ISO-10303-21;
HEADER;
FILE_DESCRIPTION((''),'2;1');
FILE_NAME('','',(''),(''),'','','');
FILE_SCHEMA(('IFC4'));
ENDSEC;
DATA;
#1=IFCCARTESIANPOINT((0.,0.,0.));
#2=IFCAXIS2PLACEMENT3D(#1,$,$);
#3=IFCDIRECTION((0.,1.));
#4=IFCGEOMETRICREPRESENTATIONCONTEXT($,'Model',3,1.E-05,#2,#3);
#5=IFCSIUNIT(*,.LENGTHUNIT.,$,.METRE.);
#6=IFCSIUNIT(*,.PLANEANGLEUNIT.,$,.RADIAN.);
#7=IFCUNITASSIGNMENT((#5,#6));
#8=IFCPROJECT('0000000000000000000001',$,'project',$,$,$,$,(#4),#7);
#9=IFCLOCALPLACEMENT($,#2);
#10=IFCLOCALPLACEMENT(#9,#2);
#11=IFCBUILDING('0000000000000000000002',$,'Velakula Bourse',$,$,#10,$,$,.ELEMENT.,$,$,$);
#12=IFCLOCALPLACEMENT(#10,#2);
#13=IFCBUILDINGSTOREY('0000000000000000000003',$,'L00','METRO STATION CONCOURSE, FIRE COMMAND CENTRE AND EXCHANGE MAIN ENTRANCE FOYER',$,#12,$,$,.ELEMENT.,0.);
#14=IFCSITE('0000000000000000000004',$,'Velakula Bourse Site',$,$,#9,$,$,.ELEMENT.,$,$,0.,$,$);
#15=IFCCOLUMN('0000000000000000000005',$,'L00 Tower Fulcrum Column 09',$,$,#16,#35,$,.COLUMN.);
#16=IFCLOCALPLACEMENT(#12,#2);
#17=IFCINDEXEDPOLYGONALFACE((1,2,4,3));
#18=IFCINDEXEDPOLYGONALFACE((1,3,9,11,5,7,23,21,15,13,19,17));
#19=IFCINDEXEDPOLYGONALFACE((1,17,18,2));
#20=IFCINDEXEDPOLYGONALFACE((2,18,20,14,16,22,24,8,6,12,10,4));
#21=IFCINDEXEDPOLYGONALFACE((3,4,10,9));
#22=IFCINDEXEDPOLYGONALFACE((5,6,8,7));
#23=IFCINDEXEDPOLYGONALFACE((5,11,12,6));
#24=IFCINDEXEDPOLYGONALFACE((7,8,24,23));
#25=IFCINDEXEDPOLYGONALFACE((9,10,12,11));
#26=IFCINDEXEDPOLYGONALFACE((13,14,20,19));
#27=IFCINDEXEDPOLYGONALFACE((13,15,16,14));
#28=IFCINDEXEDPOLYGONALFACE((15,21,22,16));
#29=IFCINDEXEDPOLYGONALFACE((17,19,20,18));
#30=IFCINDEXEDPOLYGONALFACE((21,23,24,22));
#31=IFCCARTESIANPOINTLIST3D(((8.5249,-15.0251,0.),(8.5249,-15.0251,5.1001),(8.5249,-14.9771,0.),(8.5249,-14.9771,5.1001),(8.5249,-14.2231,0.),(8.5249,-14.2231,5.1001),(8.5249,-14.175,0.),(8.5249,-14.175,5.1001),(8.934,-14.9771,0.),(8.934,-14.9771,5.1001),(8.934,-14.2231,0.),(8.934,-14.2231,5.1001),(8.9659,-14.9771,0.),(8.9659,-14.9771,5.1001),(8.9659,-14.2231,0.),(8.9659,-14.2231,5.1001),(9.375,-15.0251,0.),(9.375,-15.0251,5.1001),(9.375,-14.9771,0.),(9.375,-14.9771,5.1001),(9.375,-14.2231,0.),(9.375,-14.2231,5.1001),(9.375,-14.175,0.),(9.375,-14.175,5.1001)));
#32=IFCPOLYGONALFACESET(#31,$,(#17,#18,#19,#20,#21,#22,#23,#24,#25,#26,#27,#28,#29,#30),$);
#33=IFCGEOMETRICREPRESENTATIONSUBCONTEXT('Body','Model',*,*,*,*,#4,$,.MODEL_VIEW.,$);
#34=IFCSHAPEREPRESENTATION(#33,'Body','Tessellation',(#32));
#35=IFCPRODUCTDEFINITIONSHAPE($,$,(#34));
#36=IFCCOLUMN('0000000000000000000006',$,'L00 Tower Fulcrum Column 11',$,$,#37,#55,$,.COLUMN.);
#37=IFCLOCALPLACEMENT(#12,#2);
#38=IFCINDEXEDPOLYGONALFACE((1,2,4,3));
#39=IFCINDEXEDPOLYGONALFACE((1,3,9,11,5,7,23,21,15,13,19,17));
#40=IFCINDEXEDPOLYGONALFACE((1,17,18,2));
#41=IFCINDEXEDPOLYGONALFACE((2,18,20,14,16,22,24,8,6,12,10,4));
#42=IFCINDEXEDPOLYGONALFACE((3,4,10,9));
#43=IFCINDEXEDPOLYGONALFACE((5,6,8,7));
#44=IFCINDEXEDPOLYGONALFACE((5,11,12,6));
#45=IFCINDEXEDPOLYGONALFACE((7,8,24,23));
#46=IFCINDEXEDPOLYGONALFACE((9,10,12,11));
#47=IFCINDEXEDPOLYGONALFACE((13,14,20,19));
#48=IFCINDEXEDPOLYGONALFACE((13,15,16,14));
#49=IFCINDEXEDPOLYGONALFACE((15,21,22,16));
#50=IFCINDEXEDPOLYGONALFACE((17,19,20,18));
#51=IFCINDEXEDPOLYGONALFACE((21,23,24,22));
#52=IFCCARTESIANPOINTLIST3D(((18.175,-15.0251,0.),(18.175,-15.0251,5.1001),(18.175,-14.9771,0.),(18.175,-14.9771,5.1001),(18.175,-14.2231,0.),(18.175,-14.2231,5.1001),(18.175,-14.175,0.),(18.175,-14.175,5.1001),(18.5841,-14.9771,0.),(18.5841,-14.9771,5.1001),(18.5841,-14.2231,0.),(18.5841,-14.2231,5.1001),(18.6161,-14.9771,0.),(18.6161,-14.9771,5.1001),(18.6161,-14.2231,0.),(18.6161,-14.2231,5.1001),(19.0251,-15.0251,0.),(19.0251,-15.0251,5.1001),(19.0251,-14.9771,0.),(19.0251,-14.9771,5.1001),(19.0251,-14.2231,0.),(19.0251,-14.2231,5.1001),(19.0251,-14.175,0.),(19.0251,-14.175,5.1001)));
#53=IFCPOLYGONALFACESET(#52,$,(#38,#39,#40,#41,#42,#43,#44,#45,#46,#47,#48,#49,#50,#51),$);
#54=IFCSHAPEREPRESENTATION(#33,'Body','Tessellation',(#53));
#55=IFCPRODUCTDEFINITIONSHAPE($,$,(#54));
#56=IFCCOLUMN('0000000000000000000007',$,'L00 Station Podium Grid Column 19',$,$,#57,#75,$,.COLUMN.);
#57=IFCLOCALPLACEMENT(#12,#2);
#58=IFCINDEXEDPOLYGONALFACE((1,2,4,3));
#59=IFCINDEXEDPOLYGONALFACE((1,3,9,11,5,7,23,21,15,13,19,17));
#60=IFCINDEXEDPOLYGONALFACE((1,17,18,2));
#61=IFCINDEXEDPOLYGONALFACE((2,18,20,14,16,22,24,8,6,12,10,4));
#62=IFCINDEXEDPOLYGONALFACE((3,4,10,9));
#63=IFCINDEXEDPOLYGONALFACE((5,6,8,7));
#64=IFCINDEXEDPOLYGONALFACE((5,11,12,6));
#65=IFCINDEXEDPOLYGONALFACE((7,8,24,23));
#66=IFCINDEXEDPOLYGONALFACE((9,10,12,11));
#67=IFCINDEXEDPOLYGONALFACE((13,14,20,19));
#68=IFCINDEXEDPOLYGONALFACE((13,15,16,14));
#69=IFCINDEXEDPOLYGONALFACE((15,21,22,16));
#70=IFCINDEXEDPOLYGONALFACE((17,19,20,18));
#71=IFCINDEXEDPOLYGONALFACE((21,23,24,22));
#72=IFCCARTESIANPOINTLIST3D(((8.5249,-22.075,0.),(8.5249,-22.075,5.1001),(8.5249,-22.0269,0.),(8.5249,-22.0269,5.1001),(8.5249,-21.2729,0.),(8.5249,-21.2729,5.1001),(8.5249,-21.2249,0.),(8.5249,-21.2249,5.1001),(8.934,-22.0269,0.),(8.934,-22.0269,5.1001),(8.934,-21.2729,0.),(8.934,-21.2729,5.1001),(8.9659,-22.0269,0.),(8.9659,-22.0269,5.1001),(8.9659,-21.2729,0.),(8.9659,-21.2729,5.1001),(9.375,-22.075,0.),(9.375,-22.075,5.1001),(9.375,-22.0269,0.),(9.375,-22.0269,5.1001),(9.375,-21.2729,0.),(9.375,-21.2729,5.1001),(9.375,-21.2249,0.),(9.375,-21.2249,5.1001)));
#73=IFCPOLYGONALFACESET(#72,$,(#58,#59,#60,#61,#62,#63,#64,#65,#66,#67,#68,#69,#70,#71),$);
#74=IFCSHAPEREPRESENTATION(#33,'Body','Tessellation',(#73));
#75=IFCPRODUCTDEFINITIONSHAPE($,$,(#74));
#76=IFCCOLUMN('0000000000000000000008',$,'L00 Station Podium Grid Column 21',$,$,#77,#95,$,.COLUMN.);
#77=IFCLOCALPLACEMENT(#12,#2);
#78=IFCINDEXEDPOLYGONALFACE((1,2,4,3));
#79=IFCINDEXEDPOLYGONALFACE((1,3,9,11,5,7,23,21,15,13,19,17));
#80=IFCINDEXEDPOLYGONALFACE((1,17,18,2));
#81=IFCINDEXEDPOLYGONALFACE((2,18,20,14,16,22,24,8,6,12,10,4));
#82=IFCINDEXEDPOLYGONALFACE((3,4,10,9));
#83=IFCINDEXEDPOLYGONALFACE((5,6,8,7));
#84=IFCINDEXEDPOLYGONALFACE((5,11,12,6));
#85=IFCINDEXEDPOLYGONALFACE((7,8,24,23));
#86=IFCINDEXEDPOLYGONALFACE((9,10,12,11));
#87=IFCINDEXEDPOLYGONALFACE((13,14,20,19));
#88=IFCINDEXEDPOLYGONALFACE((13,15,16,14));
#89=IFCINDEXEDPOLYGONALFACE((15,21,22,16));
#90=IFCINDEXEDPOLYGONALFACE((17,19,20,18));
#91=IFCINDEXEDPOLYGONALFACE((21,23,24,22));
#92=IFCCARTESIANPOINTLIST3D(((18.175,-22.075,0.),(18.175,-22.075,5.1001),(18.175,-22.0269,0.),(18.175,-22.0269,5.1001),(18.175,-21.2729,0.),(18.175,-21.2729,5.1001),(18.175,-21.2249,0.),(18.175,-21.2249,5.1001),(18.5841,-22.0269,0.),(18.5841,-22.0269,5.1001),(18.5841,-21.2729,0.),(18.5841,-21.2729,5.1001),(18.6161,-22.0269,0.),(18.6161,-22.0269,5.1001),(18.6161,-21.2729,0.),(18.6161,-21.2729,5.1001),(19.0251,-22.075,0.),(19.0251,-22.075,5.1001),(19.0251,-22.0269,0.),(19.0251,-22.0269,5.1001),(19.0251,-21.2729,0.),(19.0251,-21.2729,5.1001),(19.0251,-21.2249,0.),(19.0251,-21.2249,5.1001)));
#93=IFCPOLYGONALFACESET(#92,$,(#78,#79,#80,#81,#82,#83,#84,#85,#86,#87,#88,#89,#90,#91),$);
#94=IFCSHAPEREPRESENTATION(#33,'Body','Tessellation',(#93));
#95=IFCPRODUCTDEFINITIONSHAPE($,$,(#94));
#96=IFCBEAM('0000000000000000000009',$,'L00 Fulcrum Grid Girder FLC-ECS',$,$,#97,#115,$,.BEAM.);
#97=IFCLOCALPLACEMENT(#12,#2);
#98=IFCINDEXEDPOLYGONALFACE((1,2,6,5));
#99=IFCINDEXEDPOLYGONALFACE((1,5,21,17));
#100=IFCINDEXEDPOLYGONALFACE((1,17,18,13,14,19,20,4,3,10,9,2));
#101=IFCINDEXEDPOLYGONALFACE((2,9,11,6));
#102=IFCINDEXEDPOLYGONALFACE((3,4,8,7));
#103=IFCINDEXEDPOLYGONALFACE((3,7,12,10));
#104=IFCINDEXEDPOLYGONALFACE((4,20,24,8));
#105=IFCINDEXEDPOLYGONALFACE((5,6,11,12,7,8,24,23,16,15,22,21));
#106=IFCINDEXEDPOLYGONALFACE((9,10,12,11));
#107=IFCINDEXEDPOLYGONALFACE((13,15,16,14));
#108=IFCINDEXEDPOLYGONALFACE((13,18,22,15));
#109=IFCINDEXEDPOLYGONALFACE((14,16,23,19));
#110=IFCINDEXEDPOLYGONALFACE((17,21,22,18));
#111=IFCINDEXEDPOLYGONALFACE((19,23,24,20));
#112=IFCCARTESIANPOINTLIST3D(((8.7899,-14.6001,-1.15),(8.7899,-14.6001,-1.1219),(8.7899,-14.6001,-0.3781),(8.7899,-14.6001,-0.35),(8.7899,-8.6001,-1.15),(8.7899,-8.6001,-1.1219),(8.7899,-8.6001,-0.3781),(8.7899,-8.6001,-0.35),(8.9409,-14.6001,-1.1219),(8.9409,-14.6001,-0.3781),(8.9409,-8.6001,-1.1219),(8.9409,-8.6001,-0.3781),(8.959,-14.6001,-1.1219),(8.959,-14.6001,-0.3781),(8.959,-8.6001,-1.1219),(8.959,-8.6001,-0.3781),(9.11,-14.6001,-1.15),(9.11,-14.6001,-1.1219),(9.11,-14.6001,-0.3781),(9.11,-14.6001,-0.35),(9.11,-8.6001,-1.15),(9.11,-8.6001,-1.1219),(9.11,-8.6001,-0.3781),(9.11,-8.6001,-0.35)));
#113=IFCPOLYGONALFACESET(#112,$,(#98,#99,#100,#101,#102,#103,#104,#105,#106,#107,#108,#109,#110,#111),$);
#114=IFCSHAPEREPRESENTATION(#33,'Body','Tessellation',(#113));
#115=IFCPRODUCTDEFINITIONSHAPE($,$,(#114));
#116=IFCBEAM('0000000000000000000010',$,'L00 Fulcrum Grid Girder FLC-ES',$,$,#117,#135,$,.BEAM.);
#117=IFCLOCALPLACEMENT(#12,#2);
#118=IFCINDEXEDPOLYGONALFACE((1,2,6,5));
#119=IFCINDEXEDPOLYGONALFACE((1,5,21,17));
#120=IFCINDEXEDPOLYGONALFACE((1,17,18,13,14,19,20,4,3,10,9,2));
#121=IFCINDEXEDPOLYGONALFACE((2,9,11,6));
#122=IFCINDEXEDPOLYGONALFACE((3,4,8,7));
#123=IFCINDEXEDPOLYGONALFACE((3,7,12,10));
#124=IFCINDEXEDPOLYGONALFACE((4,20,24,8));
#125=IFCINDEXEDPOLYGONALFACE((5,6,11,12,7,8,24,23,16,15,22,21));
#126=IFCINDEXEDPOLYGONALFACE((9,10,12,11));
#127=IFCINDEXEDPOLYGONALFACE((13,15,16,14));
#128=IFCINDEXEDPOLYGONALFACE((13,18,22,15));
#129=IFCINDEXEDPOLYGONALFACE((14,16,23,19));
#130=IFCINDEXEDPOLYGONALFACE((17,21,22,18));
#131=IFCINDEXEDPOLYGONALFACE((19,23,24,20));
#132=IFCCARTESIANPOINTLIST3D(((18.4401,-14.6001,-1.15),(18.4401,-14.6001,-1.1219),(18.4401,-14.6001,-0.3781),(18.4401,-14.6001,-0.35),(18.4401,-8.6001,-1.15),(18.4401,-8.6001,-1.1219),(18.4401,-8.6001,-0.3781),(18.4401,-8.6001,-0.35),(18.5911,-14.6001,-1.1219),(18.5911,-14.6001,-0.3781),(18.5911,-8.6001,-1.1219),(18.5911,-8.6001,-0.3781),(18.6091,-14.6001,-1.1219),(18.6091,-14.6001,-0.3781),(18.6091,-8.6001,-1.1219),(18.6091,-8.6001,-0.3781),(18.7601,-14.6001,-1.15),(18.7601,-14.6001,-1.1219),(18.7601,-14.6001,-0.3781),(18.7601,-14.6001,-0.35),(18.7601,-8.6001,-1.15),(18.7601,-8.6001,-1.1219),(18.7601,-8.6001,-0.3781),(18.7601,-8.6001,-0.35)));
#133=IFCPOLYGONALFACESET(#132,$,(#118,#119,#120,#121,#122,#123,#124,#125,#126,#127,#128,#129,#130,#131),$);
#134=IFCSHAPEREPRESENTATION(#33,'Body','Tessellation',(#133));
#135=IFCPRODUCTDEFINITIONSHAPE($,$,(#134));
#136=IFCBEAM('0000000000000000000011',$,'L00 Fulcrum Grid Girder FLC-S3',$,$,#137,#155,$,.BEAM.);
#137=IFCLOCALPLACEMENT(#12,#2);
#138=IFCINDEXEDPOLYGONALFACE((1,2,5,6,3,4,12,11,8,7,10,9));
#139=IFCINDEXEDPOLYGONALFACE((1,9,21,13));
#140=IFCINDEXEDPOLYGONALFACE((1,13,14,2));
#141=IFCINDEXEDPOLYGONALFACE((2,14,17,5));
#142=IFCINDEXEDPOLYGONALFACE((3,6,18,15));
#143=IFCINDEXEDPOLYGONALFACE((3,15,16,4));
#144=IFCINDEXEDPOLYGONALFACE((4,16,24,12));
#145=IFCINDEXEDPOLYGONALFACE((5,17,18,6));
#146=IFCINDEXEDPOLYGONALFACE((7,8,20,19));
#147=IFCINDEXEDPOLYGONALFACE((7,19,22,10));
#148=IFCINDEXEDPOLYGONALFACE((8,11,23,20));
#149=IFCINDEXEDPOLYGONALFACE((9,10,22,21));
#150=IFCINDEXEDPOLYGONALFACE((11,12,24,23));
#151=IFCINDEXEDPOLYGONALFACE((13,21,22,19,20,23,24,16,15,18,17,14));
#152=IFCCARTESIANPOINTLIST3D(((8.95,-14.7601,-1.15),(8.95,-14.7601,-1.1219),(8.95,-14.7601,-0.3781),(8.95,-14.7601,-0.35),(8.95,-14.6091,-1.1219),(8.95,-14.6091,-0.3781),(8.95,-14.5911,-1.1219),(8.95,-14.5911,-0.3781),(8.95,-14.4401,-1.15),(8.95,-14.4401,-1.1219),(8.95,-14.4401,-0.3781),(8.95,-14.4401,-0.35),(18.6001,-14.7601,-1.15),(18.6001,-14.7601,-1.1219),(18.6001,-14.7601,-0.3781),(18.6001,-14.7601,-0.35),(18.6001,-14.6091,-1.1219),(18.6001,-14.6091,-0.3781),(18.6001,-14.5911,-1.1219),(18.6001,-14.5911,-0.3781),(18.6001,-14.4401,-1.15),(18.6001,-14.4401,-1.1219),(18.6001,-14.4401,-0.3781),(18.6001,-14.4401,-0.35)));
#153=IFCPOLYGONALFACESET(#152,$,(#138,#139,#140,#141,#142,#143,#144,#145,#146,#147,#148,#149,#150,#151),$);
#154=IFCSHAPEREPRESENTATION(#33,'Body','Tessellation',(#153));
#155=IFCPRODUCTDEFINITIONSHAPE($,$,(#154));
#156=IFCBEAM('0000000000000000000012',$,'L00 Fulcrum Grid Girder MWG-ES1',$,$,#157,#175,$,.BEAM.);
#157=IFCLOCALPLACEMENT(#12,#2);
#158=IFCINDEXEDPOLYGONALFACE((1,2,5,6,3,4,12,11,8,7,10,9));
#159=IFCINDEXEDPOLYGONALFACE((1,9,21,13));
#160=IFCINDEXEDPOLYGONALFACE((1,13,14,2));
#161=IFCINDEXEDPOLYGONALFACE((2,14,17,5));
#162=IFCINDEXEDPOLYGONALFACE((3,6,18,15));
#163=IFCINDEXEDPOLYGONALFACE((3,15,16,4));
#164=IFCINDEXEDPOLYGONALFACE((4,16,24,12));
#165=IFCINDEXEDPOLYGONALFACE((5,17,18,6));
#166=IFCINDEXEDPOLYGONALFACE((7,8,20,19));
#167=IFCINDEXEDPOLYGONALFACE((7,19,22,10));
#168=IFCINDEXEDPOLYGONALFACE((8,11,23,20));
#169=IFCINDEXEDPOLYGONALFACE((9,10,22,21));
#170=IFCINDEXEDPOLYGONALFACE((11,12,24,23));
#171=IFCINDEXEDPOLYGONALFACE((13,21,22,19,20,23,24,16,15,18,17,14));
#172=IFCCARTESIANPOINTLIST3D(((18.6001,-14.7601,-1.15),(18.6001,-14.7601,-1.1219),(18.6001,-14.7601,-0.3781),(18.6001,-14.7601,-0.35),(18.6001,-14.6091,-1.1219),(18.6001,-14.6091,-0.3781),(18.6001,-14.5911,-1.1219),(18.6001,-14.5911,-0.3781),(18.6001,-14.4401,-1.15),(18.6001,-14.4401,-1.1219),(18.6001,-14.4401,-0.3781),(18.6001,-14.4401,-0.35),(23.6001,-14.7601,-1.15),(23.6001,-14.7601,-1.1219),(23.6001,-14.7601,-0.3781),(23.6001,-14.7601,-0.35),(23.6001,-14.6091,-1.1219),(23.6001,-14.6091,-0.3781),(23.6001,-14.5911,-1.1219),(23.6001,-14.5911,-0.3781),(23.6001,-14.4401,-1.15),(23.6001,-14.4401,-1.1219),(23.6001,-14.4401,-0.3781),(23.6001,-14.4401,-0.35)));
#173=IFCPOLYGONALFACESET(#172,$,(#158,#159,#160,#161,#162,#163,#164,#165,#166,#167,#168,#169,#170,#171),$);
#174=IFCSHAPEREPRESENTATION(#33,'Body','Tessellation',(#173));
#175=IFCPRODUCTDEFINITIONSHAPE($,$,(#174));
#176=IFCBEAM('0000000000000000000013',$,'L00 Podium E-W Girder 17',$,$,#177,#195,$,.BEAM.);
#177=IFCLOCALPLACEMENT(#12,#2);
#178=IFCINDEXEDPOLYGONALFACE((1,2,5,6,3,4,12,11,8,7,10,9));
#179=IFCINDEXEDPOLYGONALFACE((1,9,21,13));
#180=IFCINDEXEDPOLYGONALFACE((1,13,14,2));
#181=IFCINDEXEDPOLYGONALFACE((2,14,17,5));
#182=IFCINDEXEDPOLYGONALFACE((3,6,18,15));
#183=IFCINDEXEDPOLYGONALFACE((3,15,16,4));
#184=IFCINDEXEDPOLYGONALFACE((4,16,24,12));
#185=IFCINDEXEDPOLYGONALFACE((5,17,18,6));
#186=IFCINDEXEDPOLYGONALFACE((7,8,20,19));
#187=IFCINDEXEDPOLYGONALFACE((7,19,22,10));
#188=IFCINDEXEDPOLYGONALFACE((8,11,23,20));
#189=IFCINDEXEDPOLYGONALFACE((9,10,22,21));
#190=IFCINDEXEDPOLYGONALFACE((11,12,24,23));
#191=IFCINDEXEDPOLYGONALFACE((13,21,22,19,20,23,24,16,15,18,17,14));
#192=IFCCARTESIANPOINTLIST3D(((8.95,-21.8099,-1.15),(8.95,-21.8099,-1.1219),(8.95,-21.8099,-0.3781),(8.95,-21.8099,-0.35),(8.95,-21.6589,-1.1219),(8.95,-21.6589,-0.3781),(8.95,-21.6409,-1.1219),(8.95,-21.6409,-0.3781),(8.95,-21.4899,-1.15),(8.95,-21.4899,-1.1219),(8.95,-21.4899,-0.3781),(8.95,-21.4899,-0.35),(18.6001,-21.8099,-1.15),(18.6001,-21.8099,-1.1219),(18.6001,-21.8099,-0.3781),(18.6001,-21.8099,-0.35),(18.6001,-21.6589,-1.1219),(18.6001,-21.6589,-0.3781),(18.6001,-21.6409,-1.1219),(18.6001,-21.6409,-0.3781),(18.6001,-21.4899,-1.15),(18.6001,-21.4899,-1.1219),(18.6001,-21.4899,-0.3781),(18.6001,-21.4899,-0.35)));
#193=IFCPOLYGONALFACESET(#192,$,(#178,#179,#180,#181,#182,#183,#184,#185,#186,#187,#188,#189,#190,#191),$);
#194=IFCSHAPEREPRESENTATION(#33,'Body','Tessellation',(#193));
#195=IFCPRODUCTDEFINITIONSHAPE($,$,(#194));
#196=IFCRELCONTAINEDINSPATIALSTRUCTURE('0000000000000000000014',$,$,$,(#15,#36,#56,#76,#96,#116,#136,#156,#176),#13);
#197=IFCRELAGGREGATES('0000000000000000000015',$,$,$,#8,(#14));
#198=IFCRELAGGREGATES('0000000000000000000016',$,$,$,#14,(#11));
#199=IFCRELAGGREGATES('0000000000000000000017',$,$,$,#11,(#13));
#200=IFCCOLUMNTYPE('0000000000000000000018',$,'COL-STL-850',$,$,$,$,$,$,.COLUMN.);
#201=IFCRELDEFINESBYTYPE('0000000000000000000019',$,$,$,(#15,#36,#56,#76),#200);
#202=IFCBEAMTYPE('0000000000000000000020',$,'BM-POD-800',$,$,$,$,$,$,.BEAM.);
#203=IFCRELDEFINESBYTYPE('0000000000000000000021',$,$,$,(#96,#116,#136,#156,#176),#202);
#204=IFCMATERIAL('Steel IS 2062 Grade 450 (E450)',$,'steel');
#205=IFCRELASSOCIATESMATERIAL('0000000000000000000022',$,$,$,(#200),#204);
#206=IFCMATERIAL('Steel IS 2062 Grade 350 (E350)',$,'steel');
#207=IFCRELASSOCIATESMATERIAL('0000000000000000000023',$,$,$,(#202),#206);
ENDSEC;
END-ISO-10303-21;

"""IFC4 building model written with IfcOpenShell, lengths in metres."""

from ifc_helpers import new_model, si_unit, direction, frame, origin, origin_2d, place, context, subcontext, project, spatial, i_section, extrude, material, material_profile, profile_set, type_object, element, save


model = new_model("IFC4")

# Units and contexts
model_context = context("Model", 3, precision=1e-05, world=origin(), true_north=direction((0.0, 1.0)))
body_context = subcontext(model_context, "Body", "Model", "MODEL_VIEW")
ifc_project = project(units=[si_unit("LENGTHUNIT", "METRE"), si_unit("PLANEANGLEUNIT", "RADIAN")], contexts=[model_context])

# Site, building, storey
site_placement = place(None, origin())
site = spatial("IfcSite", under=ifc_project, at=site_placement, Name="Velakula Bourse Site", CompositionType="ELEMENT", RefElevation=0.0)
building_placement = place(site_placement, origin())
building = spatial("IfcBuilding", under=site, at=building_placement, Name="Velakula Bourse", CompositionType="ELEMENT")
storey_placement = place(building_placement, origin())
storey = spatial("IfcBuildingStorey", under=building, at=storey_placement, Name="L00", Description="METRO STATION CONCOURSE, FIRE COMMAND CENTRE AND EXCHANGE MAIN ENTRANCE FOYER", CompositionType="ELEMENT", Elevation=0.0)

# Columns
ifc_material_1 = material(Name="Steel IS 2062 Grade 450 (E450)", Category="steel")
ifc_material_profile_1 = material_profile(ifc_material_1, i_section(OverallWidth=0.8501, OverallDepth=0.8501, WebThickness=0.032, FlangeThickness=0.0481, at=origin_2d()), Name="Steel IS 2062 Grade 450 (E450)")
ifc_profile_set_1 = profile_set([ifc_material_profile_1], Name="Steel IS 2062 Grade 450 (E450)")
column_type = type_object("IfcColumnType", Name="COL-STL-850", PredefinedType="COLUMN", material=ifc_profile_set_1)
for number, where, z_axis, x_axis, name in (
    (1, (8.95, -14.6001, 0.0), (0.0, 0.0, 1.0), (1.0, 0.0, 0.0), "L00 Tower Fulcrum Column 09"),
    (2, (18.6001, -14.6001, 0.0), (0.0, 0.0, 1.0), (1.0, 0.0, 0.0), "L00 Tower Fulcrum Column 11"),
    (3, (8.95, -21.6499, 0.0), (0.0, 0.0, 1.0), (1.0, 0.0, 0.0), "L00 Station Podium Grid Column 19"),
    (4, (18.6001, -21.6499, 0.0), (0.0, 0.0, 1.0), (1.0, 0.0, 0.0), "L00 Station Podium Grid Column 21"),
):
    element("IfcColumn", number, at=place(storey_placement, frame(where, z_axis=z_axis, x_axis=x_axis)), inside=storey, type_object=column_type, Name=name, PredefinedType="COLUMN", context=body_context, shape_type="SweptSolid", body=[
        extrude(i_section(OverallWidth=0.8501, OverallDepth=0.8501, WebThickness=0.032, FlangeThickness=0.0481, at=origin_2d()), origin(), (0.0, 0.0, 1.0), 5.1001),
    ])

# Beams
ifc_material_2 = material(Name="Steel IS 2062 Grade 350 (E350)", Category="steel")
ifc_material_profile_2 = material_profile(ifc_material_2, i_section(OverallWidth=0.3201, OverallDepth=0.8, WebThickness=0.0181, FlangeThickness=0.0281, at=origin_2d()), Name="Steel IS 2062 Grade 350 (E350)")
ifc_profile_set_2 = profile_set([ifc_material_profile_2], Name="Steel IS 2062 Grade 350 (E350)")
beam_type_1 = type_object("IfcBeamType", Name="BM-POD-800", PredefinedType="BEAM", material=ifc_profile_set_2)
for number, where, z_axis, x_axis, name in (
    (5, (8.95, -14.6001, -0.75), (0.0, 1.0, 0.0), (-1.0, 0.0, 0.0), "L00 Fulcrum Grid Girder FLC-ECS"),
    (6, (18.6001, -14.6001, -0.75), (0.0, 1.0, 0.0), (-1.0, 0.0, 0.0), "L00 Fulcrum Grid Girder FLC-ES"),
):
    element("IfcBeam", number, at=place(storey_placement, frame(where, z_axis=z_axis, x_axis=x_axis)), inside=storey, type_object=beam_type_1, Name=name, PredefinedType="BEAM", context=body_context, shape_type="SweptSolid", body=[
        extrude(i_section(OverallWidth=0.3201, OverallDepth=0.8, WebThickness=0.0181, FlangeThickness=0.0281, at=origin_2d()), origin(), (0.0, 0.0, 1.0), 6.0),
    ])
beam_1_placement = place(storey_placement, frame((8.95, -14.6001, -0.75), z_axis=(1.0, 0.0, 0.0), x_axis=(0.0, 1.0, 0.0)))
element("IfcBeam", 7, at=beam_1_placement, inside=storey, type_object=beam_type_1, Name="L00 Fulcrum Grid Girder FLC-S3", PredefinedType="BEAM", context=body_context, shape_type="SweptSolid", body=[
    extrude(i_section(OverallWidth=0.3201, OverallDepth=0.8, WebThickness=0.0181, FlangeThickness=0.0281, at=origin_2d()), origin(), (0.0, 0.0, 1.0), 9.6501),
])
beam_2_placement = place(storey_placement, frame((18.6001, -14.6001, -0.75), z_axis=(1.0, 0.0, 0.0), x_axis=(0.0, 1.0, 0.0)))
element("IfcBeam", 8, at=beam_2_placement, inside=storey, type_object=beam_type_1, Name="L00 Fulcrum Grid Girder MWG-ES1", PredefinedType="BEAM", context=body_context, shape_type="SweptSolid", body=[
    extrude(i_section(OverallWidth=0.3201, OverallDepth=0.8, WebThickness=0.0181, FlangeThickness=0.0281, at=origin_2d()), origin(), (0.0, 0.0, 1.0), 5.0),
])
beam_3_placement = place(storey_placement, frame((8.95, -21.6499, -0.75), z_axis=(1.0, 0.0, 0.0), x_axis=(0.0, 1.0, 0.0)))
element("IfcBeam", 9, at=beam_3_placement, inside=storey, type_object=beam_type_1, Name="L00 Podium E-W Girder 17", PredefinedType="BEAM", context=body_context, shape_type="SweptSolid", body=[
    extrude(i_section(OverallWidth=0.3201, OverallDepth=0.8, WebThickness=0.0181, FlangeThickness=0.0281, at=origin_2d()), origin(), (0.0, 0.0, 1.0), 9.6501),
])

save(model, "model.ifc")
